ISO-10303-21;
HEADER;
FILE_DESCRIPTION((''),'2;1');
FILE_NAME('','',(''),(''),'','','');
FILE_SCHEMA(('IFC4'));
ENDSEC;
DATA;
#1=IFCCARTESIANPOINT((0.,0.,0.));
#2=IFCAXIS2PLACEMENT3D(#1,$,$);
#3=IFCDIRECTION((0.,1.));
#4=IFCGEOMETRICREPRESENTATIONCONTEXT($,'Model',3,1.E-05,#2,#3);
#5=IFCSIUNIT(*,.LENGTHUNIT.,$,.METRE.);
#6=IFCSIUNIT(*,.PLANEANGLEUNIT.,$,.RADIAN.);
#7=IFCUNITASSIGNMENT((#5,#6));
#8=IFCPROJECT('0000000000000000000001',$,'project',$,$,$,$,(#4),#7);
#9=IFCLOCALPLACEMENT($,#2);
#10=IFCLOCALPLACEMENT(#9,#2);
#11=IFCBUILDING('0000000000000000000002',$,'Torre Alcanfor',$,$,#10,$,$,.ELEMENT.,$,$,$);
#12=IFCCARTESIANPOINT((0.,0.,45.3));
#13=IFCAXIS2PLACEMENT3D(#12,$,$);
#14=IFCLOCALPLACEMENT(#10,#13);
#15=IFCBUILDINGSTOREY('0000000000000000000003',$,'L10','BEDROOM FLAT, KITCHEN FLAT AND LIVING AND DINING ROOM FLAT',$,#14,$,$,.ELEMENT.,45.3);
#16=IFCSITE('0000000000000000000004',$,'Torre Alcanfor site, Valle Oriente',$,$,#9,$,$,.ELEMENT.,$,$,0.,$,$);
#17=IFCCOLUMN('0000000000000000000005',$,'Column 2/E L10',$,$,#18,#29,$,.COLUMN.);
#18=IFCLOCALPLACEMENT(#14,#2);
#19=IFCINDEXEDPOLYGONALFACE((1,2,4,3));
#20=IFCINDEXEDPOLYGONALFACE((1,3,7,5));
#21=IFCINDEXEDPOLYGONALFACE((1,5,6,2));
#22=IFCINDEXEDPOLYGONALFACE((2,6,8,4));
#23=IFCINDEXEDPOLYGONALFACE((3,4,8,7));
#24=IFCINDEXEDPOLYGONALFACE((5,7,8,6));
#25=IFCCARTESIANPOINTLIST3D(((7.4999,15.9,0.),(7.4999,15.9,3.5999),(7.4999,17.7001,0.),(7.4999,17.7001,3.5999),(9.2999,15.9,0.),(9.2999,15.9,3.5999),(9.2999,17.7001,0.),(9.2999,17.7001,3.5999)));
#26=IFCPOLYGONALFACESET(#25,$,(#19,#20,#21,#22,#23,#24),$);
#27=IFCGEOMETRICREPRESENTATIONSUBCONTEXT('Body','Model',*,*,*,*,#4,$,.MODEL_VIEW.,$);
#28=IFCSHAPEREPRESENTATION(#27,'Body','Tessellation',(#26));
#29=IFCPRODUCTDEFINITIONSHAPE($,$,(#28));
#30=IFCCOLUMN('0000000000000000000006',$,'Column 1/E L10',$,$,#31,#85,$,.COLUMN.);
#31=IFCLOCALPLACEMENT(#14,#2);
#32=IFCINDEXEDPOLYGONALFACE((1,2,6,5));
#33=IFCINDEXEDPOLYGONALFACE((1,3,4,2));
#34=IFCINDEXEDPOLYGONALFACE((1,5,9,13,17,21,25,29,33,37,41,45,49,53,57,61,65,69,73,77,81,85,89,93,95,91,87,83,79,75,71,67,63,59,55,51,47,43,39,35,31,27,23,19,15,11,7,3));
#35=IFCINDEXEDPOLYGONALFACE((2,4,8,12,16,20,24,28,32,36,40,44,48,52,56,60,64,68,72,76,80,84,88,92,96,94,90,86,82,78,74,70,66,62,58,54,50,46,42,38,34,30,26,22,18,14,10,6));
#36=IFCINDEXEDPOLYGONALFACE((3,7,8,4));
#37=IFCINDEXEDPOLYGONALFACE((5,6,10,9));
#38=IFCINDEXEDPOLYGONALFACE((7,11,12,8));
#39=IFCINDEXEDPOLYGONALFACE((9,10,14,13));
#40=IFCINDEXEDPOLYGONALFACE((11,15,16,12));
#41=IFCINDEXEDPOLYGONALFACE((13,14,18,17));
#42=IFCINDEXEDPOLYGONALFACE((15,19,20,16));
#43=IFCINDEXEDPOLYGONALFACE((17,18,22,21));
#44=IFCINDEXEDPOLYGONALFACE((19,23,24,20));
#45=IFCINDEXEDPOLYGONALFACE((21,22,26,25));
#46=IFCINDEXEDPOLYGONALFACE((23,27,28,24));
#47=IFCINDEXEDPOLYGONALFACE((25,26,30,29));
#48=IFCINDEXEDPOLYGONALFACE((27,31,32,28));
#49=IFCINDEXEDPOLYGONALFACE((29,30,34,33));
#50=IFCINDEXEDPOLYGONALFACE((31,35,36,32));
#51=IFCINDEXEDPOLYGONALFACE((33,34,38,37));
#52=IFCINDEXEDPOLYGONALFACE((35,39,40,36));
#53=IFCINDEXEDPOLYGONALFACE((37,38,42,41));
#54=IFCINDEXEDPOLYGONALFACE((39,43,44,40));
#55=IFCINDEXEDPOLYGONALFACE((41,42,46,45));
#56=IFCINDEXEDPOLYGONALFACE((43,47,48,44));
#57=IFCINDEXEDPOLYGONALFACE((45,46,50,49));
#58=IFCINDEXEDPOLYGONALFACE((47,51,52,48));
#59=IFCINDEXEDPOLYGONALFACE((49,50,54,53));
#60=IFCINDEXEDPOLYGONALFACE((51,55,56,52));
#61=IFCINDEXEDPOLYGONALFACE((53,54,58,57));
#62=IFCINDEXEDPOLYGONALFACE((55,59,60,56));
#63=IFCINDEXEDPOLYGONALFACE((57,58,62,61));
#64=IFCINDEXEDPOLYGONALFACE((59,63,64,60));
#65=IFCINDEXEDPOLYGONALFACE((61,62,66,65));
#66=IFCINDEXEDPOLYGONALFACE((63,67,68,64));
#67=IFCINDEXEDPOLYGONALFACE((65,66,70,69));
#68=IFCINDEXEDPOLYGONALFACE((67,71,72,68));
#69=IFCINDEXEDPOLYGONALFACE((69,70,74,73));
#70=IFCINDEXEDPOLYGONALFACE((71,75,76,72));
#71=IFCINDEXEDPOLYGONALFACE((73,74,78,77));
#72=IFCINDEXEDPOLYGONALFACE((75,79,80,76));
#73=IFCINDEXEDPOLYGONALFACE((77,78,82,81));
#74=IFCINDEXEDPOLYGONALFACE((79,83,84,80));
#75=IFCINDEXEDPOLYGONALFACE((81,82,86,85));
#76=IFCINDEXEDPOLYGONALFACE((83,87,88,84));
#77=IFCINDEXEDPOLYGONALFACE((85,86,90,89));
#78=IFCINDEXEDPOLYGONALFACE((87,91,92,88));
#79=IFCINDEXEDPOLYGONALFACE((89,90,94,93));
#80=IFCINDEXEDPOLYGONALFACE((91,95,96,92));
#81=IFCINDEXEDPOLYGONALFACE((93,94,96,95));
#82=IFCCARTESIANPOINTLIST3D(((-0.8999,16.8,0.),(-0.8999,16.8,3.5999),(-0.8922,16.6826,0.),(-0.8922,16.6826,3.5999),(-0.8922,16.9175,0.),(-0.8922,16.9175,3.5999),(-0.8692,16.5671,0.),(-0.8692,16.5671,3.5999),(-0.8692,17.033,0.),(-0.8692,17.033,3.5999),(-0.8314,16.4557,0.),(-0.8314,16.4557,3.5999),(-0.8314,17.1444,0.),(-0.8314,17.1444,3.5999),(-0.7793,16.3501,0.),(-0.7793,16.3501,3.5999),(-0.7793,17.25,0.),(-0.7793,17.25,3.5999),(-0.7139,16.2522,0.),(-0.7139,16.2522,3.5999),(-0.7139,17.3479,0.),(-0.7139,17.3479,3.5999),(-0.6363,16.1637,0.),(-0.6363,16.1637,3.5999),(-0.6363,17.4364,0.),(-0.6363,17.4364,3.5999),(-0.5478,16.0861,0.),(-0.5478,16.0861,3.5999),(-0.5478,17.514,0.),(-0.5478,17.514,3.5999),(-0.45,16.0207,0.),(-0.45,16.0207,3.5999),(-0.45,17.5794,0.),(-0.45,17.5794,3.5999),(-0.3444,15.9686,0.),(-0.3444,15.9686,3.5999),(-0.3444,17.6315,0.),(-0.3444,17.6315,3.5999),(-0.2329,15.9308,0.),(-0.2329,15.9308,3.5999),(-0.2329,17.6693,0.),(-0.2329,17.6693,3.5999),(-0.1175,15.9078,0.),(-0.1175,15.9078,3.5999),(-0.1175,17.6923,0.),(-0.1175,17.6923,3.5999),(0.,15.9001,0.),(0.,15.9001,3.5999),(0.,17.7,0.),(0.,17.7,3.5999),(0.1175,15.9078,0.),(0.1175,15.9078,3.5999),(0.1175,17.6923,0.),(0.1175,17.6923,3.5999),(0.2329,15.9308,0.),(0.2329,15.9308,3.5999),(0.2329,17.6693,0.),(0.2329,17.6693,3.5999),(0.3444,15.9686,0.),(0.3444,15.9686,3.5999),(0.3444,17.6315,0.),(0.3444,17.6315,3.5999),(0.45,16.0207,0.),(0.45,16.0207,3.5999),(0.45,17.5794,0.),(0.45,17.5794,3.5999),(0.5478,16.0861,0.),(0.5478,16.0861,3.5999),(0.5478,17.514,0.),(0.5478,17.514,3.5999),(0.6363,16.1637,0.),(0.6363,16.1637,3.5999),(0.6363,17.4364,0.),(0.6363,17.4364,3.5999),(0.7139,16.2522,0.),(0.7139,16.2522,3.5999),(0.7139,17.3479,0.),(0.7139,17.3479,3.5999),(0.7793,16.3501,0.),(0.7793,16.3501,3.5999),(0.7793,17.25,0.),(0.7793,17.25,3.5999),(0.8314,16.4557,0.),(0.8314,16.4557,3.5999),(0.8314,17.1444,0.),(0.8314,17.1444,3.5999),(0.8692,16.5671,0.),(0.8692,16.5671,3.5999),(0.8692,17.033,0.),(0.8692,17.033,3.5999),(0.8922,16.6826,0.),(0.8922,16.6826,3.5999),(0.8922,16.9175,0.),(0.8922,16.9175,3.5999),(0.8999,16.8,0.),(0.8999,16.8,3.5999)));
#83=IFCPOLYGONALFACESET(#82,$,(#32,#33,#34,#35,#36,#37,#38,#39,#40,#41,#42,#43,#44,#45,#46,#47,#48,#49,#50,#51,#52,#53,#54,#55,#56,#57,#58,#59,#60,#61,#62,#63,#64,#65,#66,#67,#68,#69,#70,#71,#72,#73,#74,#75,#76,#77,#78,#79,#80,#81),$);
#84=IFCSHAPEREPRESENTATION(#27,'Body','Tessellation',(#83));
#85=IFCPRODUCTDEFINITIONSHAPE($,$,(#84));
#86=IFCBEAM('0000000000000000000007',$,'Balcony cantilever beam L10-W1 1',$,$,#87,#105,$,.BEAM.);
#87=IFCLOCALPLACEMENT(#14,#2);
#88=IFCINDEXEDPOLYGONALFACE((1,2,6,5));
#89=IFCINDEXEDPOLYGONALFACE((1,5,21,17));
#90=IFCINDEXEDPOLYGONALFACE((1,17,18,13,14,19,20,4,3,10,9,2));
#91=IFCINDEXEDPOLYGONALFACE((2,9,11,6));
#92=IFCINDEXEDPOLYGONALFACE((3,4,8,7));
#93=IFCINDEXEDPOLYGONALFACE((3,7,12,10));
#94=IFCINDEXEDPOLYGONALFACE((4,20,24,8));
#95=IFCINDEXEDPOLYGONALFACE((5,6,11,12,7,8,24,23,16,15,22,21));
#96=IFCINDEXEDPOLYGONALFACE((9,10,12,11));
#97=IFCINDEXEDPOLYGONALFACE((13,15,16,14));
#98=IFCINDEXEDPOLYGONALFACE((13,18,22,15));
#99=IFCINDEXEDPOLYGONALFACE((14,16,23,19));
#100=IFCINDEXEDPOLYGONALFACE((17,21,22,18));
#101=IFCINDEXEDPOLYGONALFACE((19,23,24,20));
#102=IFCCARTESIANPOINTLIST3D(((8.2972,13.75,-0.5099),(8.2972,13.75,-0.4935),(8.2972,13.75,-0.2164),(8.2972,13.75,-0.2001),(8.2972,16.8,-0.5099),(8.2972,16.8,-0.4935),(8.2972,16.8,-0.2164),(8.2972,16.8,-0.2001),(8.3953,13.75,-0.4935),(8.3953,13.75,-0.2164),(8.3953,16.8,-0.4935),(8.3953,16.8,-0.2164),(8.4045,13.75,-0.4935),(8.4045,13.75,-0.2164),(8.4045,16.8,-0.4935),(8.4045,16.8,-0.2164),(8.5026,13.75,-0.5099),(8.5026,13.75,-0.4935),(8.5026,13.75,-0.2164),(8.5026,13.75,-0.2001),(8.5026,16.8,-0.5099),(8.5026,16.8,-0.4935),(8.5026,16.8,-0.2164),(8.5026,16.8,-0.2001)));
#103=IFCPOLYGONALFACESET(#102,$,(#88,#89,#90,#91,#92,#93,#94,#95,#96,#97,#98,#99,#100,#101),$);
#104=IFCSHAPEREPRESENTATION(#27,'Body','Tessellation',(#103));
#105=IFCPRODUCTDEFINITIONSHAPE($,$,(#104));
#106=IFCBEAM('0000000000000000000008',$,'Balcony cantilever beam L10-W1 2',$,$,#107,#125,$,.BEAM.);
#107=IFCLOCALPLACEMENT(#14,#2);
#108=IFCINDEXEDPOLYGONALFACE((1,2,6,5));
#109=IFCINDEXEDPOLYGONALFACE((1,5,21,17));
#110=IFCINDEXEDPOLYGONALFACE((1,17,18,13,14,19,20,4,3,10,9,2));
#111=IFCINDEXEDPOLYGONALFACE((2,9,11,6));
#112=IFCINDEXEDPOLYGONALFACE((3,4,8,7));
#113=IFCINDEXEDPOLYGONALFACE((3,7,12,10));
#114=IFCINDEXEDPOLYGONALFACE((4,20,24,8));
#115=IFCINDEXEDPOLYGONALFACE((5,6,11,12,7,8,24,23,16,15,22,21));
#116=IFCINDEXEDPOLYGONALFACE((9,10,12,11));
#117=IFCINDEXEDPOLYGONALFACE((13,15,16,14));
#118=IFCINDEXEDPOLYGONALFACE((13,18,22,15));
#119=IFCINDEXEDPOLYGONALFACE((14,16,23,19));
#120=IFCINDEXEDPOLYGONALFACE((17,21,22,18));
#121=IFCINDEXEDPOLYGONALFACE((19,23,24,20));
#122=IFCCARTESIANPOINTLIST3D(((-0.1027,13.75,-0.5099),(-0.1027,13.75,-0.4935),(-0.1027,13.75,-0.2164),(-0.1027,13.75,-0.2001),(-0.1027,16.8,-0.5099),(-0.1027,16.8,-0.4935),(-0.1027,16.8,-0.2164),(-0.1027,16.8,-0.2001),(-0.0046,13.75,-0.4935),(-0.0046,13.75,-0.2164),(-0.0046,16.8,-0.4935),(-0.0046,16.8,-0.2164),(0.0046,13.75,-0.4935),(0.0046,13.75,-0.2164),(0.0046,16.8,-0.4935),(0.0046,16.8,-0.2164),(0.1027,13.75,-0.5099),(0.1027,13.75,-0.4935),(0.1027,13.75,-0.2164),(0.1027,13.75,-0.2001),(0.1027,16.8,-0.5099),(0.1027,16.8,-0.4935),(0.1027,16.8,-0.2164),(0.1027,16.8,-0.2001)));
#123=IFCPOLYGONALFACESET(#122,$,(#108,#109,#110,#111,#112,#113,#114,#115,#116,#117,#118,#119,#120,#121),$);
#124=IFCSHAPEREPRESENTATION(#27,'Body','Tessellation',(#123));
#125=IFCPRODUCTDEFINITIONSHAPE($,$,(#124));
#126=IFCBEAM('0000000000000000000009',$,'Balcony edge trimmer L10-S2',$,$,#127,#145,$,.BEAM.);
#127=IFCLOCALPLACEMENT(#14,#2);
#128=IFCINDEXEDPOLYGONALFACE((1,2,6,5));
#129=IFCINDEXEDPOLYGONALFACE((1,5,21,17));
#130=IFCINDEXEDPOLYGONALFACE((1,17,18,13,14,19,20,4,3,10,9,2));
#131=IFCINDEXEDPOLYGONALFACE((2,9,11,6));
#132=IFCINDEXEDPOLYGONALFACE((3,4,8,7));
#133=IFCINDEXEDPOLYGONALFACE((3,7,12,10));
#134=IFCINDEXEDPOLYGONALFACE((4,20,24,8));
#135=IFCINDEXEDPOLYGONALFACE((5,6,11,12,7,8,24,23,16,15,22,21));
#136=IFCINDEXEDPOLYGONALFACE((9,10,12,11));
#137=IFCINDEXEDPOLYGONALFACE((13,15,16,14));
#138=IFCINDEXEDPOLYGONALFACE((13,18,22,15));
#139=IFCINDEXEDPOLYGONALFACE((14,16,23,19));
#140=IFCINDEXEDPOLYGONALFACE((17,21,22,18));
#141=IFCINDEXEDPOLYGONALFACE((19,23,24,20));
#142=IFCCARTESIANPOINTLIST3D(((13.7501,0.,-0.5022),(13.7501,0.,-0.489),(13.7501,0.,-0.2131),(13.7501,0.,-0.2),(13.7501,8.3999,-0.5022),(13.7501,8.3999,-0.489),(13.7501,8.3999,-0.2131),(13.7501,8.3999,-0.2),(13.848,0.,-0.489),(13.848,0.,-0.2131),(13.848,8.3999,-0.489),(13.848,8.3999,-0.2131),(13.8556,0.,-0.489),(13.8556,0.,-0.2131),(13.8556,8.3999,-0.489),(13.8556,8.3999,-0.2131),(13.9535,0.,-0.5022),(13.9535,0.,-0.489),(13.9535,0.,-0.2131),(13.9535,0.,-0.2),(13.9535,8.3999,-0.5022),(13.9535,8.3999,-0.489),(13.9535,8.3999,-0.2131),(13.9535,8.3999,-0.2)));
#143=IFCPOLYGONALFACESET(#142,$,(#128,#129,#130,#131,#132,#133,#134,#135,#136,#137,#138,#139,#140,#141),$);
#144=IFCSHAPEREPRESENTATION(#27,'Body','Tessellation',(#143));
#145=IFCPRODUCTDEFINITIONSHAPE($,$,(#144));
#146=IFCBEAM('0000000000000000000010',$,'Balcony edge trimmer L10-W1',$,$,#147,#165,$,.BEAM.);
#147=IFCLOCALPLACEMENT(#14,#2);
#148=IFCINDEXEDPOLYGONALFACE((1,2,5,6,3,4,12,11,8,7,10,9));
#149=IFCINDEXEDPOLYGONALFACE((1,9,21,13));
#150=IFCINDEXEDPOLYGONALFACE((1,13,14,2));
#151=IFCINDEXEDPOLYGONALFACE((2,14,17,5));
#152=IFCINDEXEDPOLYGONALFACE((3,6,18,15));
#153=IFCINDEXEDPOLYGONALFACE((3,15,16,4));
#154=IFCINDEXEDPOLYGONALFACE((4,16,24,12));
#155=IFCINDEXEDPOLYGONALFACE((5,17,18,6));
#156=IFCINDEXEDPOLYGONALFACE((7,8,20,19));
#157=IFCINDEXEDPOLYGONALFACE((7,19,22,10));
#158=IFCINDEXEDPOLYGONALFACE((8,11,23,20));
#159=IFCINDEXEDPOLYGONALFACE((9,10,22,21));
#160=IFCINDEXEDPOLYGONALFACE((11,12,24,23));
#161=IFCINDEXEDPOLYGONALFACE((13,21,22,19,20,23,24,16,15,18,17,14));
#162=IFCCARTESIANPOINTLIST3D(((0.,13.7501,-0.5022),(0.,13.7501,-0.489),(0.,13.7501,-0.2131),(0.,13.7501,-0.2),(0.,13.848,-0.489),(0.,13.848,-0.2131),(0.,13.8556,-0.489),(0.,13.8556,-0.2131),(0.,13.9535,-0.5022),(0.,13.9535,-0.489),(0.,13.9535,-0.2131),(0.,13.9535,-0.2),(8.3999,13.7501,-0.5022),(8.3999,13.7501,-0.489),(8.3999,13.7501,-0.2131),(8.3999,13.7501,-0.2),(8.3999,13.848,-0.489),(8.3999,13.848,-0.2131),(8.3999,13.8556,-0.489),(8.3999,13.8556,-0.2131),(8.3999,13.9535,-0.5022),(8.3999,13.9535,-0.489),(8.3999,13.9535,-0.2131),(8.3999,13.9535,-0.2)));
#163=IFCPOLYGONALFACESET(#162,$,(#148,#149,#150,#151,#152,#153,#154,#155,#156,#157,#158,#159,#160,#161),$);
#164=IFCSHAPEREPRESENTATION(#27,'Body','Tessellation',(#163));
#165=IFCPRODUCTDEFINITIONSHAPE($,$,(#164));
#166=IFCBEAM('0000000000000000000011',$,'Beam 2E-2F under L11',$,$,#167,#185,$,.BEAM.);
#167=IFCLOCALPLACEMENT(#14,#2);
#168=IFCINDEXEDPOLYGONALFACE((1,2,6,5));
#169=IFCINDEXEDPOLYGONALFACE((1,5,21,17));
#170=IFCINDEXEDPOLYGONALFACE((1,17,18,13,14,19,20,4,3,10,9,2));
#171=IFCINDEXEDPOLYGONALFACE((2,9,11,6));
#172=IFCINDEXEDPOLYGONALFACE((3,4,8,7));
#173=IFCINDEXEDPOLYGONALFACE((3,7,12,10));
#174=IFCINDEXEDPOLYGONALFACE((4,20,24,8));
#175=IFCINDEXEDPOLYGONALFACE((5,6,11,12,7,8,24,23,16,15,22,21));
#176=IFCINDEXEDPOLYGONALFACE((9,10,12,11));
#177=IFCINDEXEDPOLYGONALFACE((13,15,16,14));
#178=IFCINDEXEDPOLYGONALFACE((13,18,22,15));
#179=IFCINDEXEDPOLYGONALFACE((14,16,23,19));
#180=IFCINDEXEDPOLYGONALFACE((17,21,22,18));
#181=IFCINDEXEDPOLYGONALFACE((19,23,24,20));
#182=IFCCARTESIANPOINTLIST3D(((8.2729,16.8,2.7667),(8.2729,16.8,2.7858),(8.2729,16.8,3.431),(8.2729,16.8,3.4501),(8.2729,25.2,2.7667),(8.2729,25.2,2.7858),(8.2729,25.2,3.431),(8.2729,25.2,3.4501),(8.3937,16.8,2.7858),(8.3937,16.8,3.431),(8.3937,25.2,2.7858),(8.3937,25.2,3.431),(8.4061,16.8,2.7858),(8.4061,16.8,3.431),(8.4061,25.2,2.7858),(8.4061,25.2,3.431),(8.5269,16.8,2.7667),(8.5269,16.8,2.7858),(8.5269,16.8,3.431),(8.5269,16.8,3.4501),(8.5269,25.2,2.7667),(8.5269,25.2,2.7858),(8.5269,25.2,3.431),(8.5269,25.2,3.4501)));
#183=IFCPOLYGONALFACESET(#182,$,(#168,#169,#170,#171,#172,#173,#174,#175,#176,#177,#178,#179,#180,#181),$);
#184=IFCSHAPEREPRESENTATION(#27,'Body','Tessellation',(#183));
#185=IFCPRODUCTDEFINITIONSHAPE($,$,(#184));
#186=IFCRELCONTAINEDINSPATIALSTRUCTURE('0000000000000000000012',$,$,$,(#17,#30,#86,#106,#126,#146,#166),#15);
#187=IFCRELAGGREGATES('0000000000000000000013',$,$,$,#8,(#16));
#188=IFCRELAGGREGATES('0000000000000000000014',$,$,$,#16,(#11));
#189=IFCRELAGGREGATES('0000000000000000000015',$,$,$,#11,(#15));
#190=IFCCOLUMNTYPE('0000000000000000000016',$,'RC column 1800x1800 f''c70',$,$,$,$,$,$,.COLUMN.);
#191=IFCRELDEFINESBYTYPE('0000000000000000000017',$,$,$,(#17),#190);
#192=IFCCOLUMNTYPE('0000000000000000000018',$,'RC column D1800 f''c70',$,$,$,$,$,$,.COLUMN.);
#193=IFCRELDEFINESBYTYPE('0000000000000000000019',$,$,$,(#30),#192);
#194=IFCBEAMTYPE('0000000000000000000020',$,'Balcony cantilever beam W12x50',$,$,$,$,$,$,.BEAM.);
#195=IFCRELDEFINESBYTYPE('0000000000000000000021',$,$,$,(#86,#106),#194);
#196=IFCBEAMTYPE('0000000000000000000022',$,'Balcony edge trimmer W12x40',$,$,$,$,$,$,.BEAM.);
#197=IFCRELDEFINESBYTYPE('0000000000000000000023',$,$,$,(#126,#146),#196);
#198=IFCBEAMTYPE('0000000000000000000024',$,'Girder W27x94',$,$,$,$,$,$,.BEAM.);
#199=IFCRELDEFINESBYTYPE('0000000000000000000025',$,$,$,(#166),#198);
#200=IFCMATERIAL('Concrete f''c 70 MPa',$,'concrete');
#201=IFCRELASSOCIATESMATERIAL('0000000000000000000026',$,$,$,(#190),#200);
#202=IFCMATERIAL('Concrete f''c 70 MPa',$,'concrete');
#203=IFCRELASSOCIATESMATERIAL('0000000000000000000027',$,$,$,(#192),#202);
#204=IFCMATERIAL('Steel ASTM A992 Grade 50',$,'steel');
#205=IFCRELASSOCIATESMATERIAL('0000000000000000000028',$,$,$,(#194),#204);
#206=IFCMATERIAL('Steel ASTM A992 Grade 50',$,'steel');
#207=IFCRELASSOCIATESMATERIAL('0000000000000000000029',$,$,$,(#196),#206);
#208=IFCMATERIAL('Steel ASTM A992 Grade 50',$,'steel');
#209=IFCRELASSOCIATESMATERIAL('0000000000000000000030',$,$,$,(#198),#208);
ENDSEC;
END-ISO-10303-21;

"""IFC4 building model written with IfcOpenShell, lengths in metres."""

from ifc_helpers import new_model, si_unit, direction, frame, origin, origin_2d, place, context, subcontext, project, spatial, rectangle, circle, i_section, extrude, material, material_profile, profile_set, type_object, element, save


model = new_model("IFC4")

# Units and contexts
model_context = context("Model", 3, precision=1e-05, world=origin(), true_north=direction((0.0, 1.0)))
body_context = subcontext(model_context, "Body", "Model", "MODEL_VIEW")
ifc_project = project(units=[si_unit("LENGTHUNIT", "METRE"), si_unit("PLANEANGLEUNIT", "RADIAN")], contexts=[model_context])

# Site, building, storey
site_placement = place(None, origin())
site = spatial("IfcSite", under=ifc_project, at=site_placement, Name="Torre Alcanfor site, Valle Oriente", CompositionType="ELEMENT", RefElevation=0.0)
building_placement = place(site_placement, origin())
building = spatial("IfcBuilding", under=site, at=building_placement, Name="Torre Alcanfor", CompositionType="ELEMENT")
storey_placement = place(building_placement, frame((0.0, 0.0, 45.3)))
storey = spatial("IfcBuildingStorey", under=building, at=storey_placement, Name="L10", Description="BEDROOM FLAT, KITCHEN FLAT AND LIVING AND DINING ROOM FLAT", CompositionType="ELEMENT", Elevation=45.3)

# Columns
ifc_material_1 = material(Name="Concrete f'c 70 MPa", Category="concrete")
ifc_material_profile_1 = material_profile(ifc_material_1, rectangle(XDim=1.8, YDim=1.8, at=origin_2d()), Name="1800x1800")
ifc_profile_set_1 = profile_set([ifc_material_profile_1], Name="Concrete f'c 70 MPa")
column_type_1 = type_object("IfcColumnType", Name="RC column 1800x1800 f'c70", PredefinedType="COLUMN", material=ifc_profile_set_1)
column_1_placement = place(storey_placement, frame((8.3999, 16.8, 0.0), z_axis=(0.0, 0.0, 1.0), x_axis=(1.0, 0.0, 0.0)))
element("IfcColumn", 1, at=column_1_placement, inside=storey, type_object=column_type_1, Name="Column 2/E L10", PredefinedType="COLUMN", context=body_context, shape_type="SweptSolid", body=[
    extrude(rectangle(XDim=1.8, YDim=1.8, at=origin_2d()), origin(), (0.0, 0.0, 1.0), 3.5999),
])
ifc_material_2 = material(Name="Concrete f'c 70 MPa", Category="concrete")
ifc_material_profile_2 = material_profile(ifc_material_2, circle(Radius=0.8999, at=origin_2d()), Name="D1800")
ifc_profile_set_2 = profile_set([ifc_material_profile_2], Name="Concrete f'c 70 MPa")
column_type_2 = type_object("IfcColumnType", Name="RC column D1800 f'c70", PredefinedType="COLUMN", material=ifc_profile_set_2)
column_2_placement = place(storey_placement, frame((0.0, 16.8, 0.0), z_axis=(0.0, 0.0, 1.0), x_axis=(1.0, 0.0, 0.0)))
element("IfcColumn", 2, at=column_2_placement, inside=storey, type_object=column_type_2, Name="Column 1/E L10", PredefinedType="COLUMN", context=body_context, shape_type="SweptSolid", body=[
    extrude(circle(Radius=0.8999, at=origin_2d()), origin(), (0.0, 0.0, 1.0), 3.5999),
])

# Beams
ifc_material_3 = material(Name="Steel ASTM A992 Grade 50", Category="steel")
ifc_material_profile_3 = material_profile(ifc_material_3, i_section(OverallWidth=0.2053, OverallDepth=0.3098, WebThickness=0.0093, FlangeThickness=0.0164, at=origin_2d()), Name="W12x50")
ifc_profile_set_3 = profile_set([ifc_material_profile_3], Name="Steel ASTM A992 Grade 50")
beam_type_1 = type_object("IfcBeamType", Name="Balcony cantilever beam W12x50", PredefinedType="BEAM", material=ifc_profile_set_3)
for number, where, z_axis, x_axis, name in (
    (3, (8.3999, 16.8, -0.355), (0.0, -1.0, 0.0), (1.0, 0.0, 0.0), "Balcony cantilever beam L10-W1 1"),
    (4, (0.0, 16.8, -0.355), (0.0, -1.0, 0.0), (1.0, 0.0, 0.0), "Balcony cantilever beam L10-W1 2"),
):
    element("IfcBeam", number, at=place(storey_placement, frame(where, z_axis=z_axis, x_axis=x_axis)), inside=storey, type_object=beam_type_1, Name=name, PredefinedType="BEAM", context=body_context, shape_type="SweptSolid", body=[
        extrude(i_section(OverallWidth=0.2053, OverallDepth=0.3098, WebThickness=0.0093, FlangeThickness=0.0164, at=origin_2d()), origin(), (0.0, 0.0, 1.0), 3.05),
    ])
ifc_material_4 = material(Name="Steel ASTM A992 Grade 50", Category="steel")
ifc_material_profile_4 = material_profile(ifc_material_4, i_section(OverallWidth=0.2034, OverallDepth=0.3022, WebThickness=0.0076, FlangeThickness=0.0132, at=origin_2d()), Name="W12x40")
ifc_profile_set_4 = profile_set([ifc_material_profile_4], Name="Steel ASTM A992 Grade 50")
beam_type_2 = type_object("IfcBeamType", Name="Balcony edge trimmer W12x40", PredefinedType="BEAM", material=ifc_profile_set_4)
for number, where, z_axis, x_axis, name in (
    (5, (13.8518, 8.3999, -0.3511), (0.0, -1.0, 0.0), (1.0, 0.0, 0.0), "Balcony edge trimmer L10-S2"),
    (6, (8.3999, 13.8518, -0.3511), (-1.0, 0.0, 0.0), (0.0, -1.0, 0.0), "Balcony edge trimmer L10-W1"),
):
    element("IfcBeam", number, at=place(storey_placement, frame(where, z_axis=z_axis, x_axis=x_axis)), inside=storey, type_object=beam_type_2, Name=name, PredefinedType="BEAM", context=body_context, shape_type="SweptSolid", body=[
        extrude(i_section(OverallWidth=0.2034, OverallDepth=0.3022, WebThickness=0.0076, FlangeThickness=0.0132, at=origin_2d()), origin(), (0.0, 0.0, 1.0), 8.3999),
    ])
ifc_material_5 = material(Name="Steel ASTM A992 Grade 50", Category="steel")
ifc_material_profile_5 = material_profile(ifc_material_5, i_section(OverallWidth=0.2539, OverallDepth=0.6833, WebThickness=0.0125, FlangeThickness=0.019, at=origin_2d()), Name="W27x94")
ifc_profile_set_5 = profile_set([ifc_material_profile_5], Name="Steel ASTM A992 Grade 50")
beam_type_3 = type_object("IfcBeamType", Name="Girder W27x94", PredefinedType="BEAM", material=ifc_profile_set_5)
beam_1_placement = place(storey_placement, frame((8.3999, 16.8, 3.1084), z_axis=(0.0, 1.0, 0.0), x_axis=(-1.0, 0.0, 0.0)))
element("IfcBeam", 7, at=beam_1_placement, inside=storey, type_object=beam_type_3, Name="Beam 2E-2F under L11", PredefinedType="BEAM", context=body_context, shape_type="SweptSolid", body=[
    extrude(i_section(OverallWidth=0.2539, OverallDepth=0.6833, WebThickness=0.0125, FlangeThickness=0.019, at=origin_2d()), origin(), (0.0, 0.0, 1.0), 8.3999),
])

save(model, "model.ifc")
